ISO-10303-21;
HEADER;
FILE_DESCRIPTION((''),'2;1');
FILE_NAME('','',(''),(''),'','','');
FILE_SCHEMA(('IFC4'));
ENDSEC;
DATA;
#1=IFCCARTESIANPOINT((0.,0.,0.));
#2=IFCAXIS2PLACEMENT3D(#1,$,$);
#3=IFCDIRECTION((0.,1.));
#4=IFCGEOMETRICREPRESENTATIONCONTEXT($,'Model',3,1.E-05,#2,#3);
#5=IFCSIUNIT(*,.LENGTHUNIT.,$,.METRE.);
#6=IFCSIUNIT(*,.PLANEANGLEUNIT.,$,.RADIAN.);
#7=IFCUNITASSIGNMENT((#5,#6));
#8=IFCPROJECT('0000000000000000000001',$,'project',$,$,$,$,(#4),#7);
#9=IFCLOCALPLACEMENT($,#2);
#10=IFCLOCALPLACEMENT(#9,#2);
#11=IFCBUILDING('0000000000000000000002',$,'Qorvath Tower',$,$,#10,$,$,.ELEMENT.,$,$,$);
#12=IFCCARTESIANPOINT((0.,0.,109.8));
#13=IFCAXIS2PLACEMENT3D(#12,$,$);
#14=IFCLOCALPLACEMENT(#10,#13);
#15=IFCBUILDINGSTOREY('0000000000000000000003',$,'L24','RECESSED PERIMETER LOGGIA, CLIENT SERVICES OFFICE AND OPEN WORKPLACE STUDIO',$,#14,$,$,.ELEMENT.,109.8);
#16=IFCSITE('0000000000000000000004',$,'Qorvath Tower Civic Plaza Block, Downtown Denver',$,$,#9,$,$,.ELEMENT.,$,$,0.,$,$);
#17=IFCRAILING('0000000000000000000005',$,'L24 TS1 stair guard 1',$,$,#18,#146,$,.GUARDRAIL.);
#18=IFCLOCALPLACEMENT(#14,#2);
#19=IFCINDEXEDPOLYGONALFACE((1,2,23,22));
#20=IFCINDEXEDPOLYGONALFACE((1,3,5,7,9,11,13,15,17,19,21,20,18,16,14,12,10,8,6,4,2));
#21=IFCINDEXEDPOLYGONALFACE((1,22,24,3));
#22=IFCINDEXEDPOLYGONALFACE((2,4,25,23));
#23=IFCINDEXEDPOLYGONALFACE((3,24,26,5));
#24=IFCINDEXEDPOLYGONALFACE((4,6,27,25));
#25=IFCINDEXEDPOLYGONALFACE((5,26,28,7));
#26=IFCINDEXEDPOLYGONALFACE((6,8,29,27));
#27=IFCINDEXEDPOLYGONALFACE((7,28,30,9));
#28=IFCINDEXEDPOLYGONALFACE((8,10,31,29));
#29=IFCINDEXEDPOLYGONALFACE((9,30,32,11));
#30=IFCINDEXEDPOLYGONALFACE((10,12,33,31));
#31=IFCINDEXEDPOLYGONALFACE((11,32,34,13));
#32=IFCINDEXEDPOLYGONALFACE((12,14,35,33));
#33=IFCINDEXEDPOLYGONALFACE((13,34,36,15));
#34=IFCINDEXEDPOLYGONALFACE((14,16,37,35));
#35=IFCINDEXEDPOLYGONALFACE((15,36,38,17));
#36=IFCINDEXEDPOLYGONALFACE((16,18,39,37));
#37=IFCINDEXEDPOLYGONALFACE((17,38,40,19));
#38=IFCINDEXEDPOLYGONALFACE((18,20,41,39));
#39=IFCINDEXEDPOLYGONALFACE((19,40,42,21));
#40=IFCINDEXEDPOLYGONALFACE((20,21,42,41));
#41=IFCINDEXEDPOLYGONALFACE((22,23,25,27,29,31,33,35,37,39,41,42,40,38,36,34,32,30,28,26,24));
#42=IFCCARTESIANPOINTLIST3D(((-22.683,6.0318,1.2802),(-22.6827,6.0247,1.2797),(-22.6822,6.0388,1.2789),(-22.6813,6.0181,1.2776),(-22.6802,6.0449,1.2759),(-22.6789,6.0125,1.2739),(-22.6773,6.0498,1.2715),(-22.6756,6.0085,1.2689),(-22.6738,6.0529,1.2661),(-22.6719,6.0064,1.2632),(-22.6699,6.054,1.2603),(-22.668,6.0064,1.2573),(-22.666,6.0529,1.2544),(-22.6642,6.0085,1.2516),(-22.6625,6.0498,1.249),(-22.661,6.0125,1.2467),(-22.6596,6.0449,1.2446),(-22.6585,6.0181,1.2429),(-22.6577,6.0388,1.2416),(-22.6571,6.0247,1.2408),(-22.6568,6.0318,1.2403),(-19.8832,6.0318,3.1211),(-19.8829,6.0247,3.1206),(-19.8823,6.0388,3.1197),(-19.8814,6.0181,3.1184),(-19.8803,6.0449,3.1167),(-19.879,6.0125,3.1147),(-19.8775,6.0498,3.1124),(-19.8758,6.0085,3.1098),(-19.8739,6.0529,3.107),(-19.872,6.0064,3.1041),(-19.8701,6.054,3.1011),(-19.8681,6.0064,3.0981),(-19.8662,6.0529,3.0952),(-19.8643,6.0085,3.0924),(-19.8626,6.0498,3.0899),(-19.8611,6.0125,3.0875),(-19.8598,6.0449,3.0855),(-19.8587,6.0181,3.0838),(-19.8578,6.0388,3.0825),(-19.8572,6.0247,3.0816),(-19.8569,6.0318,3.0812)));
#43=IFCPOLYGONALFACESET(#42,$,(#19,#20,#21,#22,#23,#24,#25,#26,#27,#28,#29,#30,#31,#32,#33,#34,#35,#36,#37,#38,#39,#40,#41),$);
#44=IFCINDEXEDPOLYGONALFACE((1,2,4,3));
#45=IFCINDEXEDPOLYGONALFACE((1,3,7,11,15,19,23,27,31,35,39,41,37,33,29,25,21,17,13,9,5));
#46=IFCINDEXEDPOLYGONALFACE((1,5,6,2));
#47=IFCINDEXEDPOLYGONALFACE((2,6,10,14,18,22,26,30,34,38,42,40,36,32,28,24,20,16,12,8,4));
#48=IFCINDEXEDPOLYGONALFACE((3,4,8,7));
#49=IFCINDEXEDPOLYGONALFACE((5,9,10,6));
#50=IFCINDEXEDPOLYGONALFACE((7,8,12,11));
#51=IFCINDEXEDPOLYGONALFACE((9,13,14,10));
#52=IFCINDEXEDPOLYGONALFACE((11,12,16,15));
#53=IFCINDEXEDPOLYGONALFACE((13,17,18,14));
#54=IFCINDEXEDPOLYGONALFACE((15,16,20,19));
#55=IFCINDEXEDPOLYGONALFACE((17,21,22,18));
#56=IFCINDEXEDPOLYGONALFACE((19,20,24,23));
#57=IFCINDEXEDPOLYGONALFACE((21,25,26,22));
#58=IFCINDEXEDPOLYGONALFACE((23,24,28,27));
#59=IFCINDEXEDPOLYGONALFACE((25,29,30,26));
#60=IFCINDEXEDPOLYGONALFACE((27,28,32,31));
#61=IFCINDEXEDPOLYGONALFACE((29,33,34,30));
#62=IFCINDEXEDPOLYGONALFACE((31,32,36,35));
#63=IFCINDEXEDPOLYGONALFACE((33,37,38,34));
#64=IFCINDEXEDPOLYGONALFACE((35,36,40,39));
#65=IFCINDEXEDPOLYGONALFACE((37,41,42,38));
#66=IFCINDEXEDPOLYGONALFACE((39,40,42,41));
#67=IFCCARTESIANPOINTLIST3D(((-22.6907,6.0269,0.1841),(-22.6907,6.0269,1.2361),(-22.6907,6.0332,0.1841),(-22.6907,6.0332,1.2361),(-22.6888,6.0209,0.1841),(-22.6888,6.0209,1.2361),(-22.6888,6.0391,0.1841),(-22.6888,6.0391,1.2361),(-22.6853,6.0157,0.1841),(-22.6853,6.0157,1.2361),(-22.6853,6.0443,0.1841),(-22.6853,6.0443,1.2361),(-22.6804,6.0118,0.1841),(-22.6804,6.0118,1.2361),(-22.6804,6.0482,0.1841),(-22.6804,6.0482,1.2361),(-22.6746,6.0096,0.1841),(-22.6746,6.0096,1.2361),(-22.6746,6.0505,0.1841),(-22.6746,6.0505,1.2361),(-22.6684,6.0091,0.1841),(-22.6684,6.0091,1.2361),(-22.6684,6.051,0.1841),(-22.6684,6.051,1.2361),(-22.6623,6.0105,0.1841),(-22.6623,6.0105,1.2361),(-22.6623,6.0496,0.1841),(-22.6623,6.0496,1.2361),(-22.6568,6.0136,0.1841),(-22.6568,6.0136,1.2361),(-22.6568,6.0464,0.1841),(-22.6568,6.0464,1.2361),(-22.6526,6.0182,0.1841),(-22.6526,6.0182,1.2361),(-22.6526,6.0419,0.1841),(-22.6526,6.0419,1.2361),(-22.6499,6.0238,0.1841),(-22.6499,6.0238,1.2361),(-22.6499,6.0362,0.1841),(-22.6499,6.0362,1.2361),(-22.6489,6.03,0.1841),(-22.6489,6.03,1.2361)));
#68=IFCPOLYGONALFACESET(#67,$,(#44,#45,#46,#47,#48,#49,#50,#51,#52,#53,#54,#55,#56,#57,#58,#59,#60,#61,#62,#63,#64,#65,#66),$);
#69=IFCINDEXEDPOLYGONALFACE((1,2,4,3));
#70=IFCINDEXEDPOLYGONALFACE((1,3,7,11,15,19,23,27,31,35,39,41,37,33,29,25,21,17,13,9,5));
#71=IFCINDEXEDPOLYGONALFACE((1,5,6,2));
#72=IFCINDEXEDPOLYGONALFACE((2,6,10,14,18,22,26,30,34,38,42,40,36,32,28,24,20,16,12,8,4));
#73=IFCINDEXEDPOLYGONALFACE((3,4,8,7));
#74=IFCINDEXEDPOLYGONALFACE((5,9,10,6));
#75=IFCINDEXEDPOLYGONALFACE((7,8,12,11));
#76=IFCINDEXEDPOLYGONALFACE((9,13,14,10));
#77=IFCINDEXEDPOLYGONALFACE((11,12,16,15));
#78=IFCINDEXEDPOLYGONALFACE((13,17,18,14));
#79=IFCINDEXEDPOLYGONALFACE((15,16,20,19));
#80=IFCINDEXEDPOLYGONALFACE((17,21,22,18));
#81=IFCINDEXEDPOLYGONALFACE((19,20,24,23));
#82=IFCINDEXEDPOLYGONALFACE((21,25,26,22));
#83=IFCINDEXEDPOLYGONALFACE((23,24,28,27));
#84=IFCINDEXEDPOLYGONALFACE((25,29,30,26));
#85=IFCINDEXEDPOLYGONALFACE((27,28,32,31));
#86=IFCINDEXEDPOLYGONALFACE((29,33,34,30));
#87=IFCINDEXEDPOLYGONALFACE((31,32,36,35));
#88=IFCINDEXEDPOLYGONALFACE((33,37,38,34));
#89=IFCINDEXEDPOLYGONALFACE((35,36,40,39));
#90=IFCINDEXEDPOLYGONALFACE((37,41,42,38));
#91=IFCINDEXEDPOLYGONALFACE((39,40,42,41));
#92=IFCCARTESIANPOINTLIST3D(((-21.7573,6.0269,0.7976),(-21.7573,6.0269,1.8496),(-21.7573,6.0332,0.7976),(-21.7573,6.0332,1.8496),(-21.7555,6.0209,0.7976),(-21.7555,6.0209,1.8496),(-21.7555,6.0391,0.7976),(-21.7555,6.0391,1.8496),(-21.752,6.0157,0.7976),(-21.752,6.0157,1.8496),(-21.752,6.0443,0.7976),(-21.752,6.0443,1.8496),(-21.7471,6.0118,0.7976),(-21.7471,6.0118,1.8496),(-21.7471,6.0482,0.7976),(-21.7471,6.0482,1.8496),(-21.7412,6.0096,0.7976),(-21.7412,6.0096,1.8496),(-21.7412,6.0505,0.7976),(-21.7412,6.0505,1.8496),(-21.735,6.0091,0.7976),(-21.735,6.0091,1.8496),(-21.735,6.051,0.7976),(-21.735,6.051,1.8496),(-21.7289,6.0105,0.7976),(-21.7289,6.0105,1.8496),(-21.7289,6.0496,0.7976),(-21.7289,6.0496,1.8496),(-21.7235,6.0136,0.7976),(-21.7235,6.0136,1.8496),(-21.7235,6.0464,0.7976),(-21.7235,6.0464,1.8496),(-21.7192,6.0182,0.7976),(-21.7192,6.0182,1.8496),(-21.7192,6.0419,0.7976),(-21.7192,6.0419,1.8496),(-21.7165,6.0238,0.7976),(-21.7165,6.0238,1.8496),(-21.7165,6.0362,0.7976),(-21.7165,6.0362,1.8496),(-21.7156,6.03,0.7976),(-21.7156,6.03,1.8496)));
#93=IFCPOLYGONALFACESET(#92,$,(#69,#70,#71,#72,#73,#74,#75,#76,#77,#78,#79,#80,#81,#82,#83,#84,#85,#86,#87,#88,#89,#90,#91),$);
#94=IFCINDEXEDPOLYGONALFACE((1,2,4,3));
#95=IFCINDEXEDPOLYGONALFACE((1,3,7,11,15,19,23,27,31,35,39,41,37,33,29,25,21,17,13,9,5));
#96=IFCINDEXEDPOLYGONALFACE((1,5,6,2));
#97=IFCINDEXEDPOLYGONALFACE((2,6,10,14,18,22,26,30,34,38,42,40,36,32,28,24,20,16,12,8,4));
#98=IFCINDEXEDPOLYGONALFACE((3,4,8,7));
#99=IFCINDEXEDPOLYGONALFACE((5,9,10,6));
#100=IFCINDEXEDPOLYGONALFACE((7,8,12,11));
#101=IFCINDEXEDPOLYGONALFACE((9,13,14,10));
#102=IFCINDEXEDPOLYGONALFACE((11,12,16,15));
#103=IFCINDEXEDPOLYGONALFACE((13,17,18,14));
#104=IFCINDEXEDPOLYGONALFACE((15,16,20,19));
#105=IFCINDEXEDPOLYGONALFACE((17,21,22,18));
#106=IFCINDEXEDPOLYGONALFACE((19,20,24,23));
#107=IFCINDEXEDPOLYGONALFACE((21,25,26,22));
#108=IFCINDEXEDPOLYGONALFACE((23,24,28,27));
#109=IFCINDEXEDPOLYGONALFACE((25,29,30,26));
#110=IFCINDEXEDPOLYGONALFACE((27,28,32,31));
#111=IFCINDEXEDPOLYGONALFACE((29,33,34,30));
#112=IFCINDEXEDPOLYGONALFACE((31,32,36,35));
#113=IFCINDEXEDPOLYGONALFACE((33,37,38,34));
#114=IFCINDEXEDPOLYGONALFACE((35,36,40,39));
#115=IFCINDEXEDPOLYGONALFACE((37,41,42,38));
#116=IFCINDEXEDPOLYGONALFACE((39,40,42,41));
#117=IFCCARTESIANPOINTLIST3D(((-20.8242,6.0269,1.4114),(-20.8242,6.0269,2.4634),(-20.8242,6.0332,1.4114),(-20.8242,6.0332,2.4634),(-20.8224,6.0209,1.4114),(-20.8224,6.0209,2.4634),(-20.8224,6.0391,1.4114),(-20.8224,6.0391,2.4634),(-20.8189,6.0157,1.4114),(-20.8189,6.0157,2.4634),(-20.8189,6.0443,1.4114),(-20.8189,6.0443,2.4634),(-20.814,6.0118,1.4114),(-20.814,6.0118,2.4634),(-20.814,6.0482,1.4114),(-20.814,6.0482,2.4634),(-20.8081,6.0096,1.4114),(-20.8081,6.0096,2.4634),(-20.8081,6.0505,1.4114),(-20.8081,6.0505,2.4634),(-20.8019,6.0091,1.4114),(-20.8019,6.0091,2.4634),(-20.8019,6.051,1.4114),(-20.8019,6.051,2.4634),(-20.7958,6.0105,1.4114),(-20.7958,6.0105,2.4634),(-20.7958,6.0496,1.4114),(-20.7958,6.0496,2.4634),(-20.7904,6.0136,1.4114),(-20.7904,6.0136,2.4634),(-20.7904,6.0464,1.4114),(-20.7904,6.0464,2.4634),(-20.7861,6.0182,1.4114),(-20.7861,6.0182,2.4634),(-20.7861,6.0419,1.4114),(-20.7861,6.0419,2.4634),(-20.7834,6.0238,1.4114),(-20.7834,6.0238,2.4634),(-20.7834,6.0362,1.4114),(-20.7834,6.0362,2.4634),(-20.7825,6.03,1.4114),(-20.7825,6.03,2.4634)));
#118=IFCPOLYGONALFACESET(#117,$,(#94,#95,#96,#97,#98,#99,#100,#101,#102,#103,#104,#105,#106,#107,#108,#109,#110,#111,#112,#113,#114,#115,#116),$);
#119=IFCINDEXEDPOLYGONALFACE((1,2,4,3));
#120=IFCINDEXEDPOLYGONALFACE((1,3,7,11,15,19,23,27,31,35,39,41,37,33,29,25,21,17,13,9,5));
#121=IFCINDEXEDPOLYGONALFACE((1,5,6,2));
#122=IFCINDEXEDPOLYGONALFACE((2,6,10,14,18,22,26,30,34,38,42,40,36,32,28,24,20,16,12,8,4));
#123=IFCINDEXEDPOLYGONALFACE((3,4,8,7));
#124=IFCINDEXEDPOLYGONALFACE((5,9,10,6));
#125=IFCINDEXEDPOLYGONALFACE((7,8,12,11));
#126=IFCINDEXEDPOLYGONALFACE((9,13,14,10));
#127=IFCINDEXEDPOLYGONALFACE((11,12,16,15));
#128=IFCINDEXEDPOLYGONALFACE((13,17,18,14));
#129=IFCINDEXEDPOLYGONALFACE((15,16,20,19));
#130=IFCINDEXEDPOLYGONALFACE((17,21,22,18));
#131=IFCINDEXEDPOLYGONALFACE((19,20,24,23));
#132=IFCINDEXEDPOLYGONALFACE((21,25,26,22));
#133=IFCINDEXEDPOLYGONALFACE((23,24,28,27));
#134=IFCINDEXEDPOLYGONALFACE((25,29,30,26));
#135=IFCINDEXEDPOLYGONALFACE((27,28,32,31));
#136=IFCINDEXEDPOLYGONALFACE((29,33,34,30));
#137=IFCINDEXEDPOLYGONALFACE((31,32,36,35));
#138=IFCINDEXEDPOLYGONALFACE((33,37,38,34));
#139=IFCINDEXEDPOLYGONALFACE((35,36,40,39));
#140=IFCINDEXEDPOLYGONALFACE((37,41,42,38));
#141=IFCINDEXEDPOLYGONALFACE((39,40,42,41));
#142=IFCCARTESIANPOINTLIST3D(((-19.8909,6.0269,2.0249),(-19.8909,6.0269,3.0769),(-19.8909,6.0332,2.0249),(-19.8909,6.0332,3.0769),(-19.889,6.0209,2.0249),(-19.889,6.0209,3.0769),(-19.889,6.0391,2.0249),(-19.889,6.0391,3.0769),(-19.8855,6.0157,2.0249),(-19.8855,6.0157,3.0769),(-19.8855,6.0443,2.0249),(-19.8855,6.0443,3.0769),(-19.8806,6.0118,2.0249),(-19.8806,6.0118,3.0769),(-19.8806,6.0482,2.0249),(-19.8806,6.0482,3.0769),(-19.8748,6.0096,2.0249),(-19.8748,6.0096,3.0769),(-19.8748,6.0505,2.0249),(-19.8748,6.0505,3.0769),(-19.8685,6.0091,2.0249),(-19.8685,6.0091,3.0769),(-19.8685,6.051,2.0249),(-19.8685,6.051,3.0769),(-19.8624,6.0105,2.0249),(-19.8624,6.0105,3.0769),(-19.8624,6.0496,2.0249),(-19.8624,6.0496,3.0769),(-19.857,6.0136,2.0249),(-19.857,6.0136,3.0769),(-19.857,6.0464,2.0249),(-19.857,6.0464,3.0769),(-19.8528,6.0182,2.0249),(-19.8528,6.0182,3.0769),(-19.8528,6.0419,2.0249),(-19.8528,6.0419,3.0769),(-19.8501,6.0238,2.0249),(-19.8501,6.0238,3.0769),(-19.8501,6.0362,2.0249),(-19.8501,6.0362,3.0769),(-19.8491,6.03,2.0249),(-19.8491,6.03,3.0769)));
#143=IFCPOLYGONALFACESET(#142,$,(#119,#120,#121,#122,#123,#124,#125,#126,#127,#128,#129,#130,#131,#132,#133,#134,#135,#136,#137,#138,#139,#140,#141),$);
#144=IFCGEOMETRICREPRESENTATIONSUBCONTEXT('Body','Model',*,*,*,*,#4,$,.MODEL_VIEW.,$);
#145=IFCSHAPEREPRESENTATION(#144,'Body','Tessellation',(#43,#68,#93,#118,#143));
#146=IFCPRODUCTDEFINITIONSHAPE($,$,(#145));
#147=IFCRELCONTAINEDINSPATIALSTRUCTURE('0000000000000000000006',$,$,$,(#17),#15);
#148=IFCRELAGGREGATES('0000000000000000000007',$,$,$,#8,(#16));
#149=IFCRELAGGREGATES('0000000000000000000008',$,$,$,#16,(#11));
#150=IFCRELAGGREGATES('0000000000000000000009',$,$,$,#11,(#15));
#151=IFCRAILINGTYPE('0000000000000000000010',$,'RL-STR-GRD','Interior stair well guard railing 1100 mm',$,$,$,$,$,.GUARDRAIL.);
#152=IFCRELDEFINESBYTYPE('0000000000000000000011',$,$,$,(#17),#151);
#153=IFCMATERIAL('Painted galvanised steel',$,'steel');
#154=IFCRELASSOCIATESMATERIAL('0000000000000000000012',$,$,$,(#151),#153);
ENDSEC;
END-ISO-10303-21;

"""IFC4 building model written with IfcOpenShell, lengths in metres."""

from ifc_helpers import new_model, si_unit, direction, frame, origin, origin_2d, place, context, subcontext, project, spatial, circle, extrude, material, type_object, element, save


model = new_model("IFC4")

# Units and contexts
model_context = context("Model", 3, precision=1e-05, world=origin(), true_north=direction((0.0, 1.0)))
body_context = subcontext(model_context, "Body", "Model", "MODEL_VIEW")
ifc_project = project(units=[si_unit("LENGTHUNIT", "METRE"), si_unit("PLANEANGLEUNIT", "RADIAN")], contexts=[model_context])

# Site, building, storey
site_placement = place(None, origin())
site = spatial("IfcSite", under=ifc_project, at=site_placement, Name="Qorvath Tower Civic Plaza Block, Downtown Denver", CompositionType="ELEMENT", RefElevation=0.0)
building_placement = place(site_placement, origin())
building = spatial("IfcBuilding", under=site, at=building_placement, Name="Qorvath Tower", CompositionType="ELEMENT")
storey_placement = place(building_placement, frame((0.0, 0.0, 109.8)))
storey = spatial("IfcBuildingStorey", under=building, at=storey_placement, Name="L24", Description="RECESSED PERIMETER LOGGIA, CLIENT SERVICES OFFICE AND OPEN WORKPLACE STUDIO", CompositionType="ELEMENT", Elevation=109.8)

# Railing
ifc_material_1 = material(Name="Painted galvanised steel", Category="steel")
railing_type_1 = type_object("IfcRailingType", Name="RL-STR-GRD", Description="Interior stair well guard railing 1100 mm", PredefinedType="GUARDRAIL", material=ifc_material_1)
railing_1_placement = place(storey_placement, frame((-22.6699, 6.03, 0.1841)))
element("IfcRailing", 1, at=railing_1_placement, inside=storey, type_object=railing_type_1, Name="L24 TS1 stair guard 1", PredefinedType="GUARDRAIL", context=body_context, shape_type="SweptSolid", body=[
    extrude(circle(Radius=0.0239, at=origin_2d()), frame((0.0, 0.0, 1.0762), z_axis=(0.835576, 0.0, 0.549376), x_axis=(0.0, 1.0, 0.0)), (0.0, 0.0, 1.0), 3.3508),
    extrude(circle(Radius=0.021, at=origin_2d()), origin(), (0.0, 0.0, 1.0), 1.052),
    extrude(circle(Radius=0.021, at=origin_2d()), frame((0.9333, 0.0, 0.6135)), (0.0, 0.0, 1.0), 1.052),
    extrude(circle(Radius=0.021, at=origin_2d()), frame((1.8665, 0.0, 1.2273)), (0.0, 0.0, 1.0), 1.052),
    extrude(circle(Radius=0.021, at=origin_2d()), frame((2.7998, 0.0, 1.8408)), (0.0, 0.0, 1.0), 1.052),
])

save(model, "model.ifc")
